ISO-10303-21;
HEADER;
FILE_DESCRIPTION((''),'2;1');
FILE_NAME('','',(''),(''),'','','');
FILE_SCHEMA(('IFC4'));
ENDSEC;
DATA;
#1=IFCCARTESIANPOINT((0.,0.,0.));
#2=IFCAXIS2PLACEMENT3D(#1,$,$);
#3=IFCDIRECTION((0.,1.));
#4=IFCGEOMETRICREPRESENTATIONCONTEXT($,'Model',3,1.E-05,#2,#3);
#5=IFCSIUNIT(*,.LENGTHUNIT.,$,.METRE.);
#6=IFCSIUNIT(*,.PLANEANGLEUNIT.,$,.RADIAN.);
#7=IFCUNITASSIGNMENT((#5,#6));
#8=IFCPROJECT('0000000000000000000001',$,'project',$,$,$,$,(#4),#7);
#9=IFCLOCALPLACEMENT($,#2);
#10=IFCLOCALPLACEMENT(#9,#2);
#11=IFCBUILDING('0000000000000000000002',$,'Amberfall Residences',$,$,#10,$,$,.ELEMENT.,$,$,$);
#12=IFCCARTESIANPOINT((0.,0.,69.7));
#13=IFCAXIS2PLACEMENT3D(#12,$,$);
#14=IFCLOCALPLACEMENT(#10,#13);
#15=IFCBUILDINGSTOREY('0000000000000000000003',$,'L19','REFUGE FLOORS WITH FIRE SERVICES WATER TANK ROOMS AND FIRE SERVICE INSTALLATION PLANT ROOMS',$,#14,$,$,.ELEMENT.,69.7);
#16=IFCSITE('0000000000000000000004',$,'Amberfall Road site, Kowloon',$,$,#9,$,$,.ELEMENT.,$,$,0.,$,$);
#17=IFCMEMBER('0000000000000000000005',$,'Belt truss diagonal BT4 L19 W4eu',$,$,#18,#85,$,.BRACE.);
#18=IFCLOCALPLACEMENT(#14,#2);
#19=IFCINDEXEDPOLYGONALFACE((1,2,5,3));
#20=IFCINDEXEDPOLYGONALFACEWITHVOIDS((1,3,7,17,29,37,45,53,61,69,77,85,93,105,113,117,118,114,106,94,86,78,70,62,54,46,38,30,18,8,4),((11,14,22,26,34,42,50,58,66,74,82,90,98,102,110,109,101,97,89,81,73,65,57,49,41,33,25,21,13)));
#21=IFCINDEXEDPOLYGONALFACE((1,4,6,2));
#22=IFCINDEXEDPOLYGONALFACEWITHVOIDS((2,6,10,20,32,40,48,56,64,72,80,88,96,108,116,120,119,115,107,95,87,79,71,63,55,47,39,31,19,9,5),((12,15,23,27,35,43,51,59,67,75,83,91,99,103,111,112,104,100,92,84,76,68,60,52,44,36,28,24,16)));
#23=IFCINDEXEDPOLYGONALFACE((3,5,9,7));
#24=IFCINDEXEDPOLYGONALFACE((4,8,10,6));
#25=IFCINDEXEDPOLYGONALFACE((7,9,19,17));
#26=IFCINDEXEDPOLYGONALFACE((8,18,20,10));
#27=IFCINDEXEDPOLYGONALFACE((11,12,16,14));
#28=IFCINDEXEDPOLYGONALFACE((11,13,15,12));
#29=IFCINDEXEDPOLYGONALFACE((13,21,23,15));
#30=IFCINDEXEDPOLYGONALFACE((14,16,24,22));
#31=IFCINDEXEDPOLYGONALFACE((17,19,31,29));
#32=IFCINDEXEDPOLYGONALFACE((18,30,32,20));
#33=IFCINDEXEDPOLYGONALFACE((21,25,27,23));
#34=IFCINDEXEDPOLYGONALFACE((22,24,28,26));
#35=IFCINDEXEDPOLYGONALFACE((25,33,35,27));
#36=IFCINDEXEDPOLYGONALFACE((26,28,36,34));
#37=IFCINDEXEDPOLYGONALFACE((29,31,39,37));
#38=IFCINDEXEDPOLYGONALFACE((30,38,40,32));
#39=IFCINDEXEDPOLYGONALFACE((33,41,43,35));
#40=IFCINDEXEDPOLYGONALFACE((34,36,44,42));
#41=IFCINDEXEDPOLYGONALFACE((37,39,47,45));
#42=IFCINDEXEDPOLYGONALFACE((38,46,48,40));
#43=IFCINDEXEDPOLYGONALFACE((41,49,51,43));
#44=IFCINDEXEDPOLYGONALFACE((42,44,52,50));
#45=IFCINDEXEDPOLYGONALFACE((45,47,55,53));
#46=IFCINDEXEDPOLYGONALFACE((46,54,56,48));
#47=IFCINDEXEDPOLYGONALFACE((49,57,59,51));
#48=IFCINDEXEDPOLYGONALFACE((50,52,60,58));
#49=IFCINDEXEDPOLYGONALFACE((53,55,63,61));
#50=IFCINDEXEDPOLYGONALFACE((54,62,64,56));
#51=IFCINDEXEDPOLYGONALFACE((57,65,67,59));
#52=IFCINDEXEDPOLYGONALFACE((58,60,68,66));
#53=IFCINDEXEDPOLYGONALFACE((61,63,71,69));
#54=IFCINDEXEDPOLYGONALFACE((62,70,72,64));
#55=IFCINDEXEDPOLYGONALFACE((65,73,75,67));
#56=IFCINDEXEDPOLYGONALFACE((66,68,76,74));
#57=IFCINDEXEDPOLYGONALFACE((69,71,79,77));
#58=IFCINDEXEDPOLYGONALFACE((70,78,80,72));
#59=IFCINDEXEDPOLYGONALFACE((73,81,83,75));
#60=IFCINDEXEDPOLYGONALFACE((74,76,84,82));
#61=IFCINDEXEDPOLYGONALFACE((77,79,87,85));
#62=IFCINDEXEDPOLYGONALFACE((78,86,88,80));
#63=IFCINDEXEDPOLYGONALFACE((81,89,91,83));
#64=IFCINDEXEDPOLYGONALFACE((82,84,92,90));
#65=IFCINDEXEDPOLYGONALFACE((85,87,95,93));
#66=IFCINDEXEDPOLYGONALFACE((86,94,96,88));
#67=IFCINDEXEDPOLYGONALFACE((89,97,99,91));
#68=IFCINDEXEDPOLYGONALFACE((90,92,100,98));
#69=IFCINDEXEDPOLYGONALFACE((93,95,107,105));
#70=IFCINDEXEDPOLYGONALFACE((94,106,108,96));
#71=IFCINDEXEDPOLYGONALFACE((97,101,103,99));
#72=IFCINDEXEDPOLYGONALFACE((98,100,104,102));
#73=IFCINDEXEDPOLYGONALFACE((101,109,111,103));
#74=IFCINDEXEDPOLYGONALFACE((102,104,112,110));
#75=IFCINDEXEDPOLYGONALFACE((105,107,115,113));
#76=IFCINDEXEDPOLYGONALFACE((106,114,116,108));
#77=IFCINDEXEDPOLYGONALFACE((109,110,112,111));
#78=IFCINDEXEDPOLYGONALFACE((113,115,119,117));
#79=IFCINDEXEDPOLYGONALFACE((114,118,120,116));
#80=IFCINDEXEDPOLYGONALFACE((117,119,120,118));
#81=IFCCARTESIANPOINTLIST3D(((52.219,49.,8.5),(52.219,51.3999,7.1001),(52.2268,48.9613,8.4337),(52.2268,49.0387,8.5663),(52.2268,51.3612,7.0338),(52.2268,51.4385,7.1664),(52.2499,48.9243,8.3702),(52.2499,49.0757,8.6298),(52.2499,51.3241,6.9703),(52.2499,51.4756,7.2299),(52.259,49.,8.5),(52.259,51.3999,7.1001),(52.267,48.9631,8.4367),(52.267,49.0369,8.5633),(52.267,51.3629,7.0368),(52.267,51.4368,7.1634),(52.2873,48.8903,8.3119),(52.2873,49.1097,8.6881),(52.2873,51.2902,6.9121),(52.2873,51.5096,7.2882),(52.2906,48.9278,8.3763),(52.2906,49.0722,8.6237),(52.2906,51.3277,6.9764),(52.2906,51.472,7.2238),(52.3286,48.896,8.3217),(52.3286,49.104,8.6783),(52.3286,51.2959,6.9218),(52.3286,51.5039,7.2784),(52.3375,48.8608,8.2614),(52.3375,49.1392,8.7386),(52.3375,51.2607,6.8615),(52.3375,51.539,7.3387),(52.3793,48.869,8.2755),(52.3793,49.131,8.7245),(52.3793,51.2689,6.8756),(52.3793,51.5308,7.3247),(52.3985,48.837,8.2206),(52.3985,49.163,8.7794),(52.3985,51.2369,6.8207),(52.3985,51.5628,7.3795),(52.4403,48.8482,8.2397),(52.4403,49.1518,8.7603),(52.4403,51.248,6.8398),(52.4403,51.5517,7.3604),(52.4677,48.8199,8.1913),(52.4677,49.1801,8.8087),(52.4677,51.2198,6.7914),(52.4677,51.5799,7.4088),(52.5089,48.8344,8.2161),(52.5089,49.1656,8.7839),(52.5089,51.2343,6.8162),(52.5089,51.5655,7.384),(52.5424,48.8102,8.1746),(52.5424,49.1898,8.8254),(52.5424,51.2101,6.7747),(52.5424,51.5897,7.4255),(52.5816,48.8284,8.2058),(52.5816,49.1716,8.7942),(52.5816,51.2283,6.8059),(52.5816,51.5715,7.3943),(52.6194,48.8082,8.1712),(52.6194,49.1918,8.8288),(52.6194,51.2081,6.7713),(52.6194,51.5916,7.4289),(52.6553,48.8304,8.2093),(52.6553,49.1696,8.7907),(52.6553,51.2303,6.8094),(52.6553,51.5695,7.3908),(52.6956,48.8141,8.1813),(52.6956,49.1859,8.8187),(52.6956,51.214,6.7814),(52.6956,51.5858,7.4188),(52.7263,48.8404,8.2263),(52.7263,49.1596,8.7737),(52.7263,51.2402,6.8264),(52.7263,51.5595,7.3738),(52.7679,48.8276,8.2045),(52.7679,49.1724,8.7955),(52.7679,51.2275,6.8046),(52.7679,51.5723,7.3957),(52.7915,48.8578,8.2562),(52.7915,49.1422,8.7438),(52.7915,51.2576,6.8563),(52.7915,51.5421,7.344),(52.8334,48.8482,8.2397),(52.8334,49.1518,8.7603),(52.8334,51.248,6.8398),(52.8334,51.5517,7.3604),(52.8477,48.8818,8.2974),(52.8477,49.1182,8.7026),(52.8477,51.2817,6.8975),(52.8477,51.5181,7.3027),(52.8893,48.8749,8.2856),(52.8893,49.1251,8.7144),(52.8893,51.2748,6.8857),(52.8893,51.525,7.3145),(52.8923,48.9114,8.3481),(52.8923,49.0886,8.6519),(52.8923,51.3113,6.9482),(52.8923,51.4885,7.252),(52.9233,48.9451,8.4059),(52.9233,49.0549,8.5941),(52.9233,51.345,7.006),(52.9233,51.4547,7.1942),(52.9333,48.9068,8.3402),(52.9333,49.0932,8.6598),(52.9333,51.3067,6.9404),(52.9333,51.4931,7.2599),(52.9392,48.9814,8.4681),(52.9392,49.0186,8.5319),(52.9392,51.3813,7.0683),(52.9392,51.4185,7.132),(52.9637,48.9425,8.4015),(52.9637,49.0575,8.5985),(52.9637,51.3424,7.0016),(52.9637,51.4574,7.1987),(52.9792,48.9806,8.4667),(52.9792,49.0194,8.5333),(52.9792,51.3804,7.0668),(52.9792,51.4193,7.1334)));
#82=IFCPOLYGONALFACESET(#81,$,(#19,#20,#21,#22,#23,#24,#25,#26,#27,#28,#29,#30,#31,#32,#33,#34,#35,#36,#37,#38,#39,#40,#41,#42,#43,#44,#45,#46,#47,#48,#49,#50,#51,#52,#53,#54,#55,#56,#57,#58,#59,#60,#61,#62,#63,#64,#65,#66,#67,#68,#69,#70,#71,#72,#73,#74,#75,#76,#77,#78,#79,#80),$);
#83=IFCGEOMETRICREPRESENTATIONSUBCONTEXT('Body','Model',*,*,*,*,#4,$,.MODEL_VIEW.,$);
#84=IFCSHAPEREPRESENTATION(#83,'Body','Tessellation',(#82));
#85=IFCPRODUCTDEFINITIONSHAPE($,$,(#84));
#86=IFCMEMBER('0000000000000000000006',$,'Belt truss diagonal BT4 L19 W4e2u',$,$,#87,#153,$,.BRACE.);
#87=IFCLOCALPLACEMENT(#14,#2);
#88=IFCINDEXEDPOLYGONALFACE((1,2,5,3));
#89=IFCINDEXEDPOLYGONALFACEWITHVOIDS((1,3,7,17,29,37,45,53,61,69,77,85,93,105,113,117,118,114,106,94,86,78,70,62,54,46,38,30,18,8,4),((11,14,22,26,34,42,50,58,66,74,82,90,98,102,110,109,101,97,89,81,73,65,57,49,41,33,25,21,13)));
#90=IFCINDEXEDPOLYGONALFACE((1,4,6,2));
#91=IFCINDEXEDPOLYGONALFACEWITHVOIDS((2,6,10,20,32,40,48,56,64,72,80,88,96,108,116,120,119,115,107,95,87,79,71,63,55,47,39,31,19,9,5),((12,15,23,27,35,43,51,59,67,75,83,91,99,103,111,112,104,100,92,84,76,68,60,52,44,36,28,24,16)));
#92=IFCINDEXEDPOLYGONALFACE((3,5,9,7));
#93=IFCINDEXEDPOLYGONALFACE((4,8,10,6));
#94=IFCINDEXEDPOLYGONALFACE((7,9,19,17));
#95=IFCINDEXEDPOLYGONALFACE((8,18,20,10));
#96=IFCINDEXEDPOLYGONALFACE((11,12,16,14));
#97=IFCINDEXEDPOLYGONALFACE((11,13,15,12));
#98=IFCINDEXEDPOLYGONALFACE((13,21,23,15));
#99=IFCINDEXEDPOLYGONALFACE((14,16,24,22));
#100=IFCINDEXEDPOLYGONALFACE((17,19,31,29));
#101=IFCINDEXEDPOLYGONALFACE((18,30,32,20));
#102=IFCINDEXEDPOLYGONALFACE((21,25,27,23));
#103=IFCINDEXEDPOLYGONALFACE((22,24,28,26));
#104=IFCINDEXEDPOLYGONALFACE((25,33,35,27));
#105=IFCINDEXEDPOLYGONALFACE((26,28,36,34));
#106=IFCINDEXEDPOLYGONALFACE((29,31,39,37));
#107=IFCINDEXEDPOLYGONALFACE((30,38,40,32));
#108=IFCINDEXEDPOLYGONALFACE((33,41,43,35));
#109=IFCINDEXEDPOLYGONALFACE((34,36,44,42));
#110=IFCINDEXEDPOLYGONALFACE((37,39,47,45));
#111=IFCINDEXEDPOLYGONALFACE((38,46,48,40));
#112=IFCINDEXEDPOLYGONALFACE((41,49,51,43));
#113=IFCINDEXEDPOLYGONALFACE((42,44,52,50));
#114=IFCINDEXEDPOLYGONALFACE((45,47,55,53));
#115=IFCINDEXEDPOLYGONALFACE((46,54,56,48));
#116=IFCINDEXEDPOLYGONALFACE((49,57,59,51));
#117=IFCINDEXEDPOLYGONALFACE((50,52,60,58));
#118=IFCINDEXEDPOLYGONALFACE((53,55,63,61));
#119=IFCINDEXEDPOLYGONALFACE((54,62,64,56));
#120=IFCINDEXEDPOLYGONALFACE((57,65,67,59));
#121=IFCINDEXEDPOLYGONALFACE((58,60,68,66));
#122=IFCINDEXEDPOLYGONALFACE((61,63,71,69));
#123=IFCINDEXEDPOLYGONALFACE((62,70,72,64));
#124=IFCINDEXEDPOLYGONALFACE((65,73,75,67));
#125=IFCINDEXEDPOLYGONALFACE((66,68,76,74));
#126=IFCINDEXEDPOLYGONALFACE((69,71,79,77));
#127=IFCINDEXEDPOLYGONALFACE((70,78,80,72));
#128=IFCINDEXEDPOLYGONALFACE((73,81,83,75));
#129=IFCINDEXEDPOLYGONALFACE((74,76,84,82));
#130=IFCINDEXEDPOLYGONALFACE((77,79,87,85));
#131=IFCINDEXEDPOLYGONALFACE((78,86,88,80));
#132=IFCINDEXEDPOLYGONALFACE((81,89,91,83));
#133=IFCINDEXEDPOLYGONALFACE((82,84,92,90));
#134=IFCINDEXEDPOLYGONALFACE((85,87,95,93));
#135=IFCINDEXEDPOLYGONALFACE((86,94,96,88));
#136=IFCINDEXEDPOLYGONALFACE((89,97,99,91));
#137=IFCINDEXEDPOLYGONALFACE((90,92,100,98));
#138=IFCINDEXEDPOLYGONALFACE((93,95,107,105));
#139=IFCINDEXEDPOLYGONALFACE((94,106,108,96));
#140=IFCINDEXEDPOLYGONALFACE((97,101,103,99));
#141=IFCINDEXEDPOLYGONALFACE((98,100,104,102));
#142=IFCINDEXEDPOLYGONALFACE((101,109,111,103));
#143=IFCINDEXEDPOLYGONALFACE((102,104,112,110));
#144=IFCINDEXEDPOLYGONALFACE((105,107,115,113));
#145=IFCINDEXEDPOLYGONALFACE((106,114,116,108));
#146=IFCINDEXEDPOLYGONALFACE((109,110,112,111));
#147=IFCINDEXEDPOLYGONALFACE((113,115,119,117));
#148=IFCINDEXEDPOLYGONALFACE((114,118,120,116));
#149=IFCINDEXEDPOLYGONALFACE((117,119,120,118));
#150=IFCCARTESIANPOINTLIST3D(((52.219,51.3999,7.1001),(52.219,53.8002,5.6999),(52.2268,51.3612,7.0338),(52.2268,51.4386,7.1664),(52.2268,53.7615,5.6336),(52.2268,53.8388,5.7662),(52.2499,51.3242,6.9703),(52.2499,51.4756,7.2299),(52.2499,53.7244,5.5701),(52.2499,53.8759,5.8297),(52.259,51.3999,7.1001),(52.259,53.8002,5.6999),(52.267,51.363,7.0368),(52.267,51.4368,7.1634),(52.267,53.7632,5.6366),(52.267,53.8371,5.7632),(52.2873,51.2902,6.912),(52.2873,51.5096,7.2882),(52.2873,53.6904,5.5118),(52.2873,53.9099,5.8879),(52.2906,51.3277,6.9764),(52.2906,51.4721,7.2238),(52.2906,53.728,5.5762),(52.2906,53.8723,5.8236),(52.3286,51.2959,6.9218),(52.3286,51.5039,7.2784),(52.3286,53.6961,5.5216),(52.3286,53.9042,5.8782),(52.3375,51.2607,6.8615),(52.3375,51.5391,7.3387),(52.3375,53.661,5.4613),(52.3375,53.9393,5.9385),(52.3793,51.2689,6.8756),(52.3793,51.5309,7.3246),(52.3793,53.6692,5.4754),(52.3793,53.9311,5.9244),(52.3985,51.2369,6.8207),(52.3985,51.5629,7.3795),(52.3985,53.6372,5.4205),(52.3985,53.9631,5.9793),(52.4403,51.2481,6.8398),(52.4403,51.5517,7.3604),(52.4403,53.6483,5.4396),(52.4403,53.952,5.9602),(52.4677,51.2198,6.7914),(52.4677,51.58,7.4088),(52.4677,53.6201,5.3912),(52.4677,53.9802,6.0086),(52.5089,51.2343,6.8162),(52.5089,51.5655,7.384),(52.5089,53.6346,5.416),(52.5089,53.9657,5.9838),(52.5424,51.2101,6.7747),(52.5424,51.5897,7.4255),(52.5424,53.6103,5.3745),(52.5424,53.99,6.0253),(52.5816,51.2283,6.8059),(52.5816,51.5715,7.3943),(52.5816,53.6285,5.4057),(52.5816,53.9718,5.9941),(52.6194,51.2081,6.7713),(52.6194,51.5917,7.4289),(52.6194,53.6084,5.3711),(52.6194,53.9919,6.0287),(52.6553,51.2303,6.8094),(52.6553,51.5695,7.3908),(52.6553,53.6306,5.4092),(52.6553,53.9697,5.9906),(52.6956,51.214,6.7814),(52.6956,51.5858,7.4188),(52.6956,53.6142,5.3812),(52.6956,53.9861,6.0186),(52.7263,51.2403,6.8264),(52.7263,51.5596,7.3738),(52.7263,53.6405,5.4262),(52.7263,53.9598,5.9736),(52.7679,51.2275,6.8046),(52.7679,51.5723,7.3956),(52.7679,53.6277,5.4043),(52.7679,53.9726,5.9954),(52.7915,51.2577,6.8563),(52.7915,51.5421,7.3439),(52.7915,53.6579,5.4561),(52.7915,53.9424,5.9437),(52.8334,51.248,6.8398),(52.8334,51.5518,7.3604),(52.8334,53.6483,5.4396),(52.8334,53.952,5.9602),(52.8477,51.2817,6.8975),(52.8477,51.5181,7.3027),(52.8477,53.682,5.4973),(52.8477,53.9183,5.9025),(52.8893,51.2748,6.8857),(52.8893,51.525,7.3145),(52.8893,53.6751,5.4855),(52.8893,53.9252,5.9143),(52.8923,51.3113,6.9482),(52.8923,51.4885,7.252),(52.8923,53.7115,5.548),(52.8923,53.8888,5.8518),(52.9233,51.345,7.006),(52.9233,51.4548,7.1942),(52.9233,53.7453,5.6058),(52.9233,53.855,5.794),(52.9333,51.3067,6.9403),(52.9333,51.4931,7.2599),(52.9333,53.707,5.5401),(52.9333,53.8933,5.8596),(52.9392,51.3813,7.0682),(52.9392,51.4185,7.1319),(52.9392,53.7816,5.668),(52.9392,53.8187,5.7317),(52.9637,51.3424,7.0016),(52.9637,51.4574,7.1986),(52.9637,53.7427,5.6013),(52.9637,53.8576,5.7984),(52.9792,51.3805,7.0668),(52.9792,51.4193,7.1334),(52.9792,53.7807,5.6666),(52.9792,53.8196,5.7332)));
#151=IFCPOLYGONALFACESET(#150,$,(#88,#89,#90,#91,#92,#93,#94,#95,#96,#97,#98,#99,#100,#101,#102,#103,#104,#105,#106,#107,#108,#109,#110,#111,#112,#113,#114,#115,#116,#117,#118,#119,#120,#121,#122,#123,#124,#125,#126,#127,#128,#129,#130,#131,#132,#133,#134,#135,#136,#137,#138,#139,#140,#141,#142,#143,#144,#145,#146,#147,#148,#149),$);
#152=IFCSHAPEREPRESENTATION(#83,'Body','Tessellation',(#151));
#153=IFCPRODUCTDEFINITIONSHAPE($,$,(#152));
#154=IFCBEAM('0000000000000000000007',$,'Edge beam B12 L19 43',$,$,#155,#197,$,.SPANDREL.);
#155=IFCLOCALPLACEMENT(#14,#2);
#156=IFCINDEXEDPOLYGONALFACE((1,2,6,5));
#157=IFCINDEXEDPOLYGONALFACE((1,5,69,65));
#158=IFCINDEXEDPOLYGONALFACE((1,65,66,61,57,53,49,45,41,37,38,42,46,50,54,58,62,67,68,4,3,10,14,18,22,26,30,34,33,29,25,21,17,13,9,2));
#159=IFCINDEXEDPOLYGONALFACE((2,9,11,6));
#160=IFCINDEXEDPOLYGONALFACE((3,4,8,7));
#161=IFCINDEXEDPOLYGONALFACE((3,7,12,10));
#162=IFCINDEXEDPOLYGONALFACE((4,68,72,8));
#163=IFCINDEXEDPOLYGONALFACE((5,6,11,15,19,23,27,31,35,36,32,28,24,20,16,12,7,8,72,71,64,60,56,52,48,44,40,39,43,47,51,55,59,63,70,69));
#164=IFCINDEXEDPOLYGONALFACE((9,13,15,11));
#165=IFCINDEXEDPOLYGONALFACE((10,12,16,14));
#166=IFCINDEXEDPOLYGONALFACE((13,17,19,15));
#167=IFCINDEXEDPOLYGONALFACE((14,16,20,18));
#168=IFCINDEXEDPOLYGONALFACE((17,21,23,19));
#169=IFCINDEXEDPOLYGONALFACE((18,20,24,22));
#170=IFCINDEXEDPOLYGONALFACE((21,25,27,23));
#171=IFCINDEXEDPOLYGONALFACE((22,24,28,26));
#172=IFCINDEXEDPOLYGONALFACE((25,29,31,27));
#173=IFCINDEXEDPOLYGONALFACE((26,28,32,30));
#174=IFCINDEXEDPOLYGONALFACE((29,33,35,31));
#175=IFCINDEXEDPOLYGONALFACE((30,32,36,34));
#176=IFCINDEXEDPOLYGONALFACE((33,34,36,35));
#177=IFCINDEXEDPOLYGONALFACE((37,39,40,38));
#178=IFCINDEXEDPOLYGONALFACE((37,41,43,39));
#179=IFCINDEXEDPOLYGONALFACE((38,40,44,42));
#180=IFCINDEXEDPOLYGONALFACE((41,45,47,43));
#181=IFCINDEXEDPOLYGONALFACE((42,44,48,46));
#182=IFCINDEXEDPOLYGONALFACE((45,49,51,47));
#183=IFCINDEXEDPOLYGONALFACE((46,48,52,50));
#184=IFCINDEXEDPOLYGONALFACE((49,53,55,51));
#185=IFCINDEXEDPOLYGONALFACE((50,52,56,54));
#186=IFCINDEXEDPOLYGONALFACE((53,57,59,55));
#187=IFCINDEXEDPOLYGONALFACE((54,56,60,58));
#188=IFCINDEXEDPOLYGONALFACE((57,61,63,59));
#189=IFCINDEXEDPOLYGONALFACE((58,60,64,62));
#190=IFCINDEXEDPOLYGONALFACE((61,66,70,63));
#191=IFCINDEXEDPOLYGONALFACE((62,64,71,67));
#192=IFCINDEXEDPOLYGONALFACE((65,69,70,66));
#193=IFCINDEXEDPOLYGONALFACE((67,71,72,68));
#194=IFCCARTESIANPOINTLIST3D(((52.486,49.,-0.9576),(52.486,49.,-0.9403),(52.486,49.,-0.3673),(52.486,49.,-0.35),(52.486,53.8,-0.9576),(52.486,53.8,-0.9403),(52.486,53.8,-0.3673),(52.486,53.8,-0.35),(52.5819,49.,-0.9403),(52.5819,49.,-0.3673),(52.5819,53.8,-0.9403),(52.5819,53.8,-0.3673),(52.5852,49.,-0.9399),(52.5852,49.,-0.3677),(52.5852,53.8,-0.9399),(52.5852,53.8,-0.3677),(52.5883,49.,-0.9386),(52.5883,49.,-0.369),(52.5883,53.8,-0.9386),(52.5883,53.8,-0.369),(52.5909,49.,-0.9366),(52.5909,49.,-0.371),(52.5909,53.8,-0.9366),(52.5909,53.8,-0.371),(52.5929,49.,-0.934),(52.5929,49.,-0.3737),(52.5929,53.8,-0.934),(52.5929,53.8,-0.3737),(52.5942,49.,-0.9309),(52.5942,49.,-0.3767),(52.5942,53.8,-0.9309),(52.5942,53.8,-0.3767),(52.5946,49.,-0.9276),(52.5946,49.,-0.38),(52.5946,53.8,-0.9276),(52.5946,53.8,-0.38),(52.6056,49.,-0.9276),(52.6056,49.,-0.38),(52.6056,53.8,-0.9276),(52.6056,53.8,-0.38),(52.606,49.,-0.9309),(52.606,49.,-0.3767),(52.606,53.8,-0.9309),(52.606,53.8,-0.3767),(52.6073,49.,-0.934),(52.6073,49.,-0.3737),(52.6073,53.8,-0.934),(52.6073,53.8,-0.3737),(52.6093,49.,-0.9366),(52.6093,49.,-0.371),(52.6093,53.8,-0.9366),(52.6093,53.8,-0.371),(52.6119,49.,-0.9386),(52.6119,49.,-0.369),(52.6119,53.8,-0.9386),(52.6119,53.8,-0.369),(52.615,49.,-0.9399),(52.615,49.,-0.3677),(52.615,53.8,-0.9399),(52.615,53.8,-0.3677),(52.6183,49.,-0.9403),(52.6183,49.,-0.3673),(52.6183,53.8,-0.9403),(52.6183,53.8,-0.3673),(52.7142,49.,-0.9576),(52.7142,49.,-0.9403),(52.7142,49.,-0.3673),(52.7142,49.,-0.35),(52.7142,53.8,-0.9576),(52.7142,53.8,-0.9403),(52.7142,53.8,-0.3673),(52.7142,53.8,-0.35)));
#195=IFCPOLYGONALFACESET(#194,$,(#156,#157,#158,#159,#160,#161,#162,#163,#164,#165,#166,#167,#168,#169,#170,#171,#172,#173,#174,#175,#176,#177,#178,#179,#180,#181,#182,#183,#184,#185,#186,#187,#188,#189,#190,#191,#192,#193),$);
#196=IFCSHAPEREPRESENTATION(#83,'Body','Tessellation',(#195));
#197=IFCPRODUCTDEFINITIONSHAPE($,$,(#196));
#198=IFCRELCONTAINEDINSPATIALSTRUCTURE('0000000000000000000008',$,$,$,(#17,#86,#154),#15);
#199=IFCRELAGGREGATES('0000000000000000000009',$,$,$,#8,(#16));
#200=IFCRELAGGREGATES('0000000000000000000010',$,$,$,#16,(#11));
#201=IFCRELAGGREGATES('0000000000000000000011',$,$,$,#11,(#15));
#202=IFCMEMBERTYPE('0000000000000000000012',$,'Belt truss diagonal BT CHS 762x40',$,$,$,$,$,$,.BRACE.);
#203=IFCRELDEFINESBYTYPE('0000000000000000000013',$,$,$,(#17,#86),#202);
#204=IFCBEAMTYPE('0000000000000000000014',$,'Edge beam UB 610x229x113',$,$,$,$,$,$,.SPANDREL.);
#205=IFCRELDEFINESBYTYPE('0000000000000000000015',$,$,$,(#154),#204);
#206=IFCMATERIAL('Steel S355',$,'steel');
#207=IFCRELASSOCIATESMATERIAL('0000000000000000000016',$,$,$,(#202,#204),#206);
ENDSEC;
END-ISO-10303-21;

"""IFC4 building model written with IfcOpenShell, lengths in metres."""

from ifc_helpers import new_model, si_unit, direction, frame, origin, origin_2d, place, context, subcontext, project, spatial, hollow_circle, i_section, extrude, material, material_profile, profile_set, type_object, element, save


model = new_model("IFC4")

# Units and contexts
model_context = context("Model", 3, precision=1e-05, world=origin(), true_north=direction((0.0, 1.0)))
body_context = subcontext(model_context, "Body", "Model", "MODEL_VIEW")
ifc_project = project(units=[si_unit("LENGTHUNIT", "METRE"), si_unit("PLANEANGLEUNIT", "RADIAN")], contexts=[model_context])

# Site, building, storey
site_placement = place(None, origin())
site = spatial("IfcSite", under=ifc_project, at=site_placement, Name="Amberfall Road site, Kowloon", CompositionType="ELEMENT", RefElevation=0.0)
building_placement = place(site_placement, origin())
building = spatial("IfcBuilding", under=site, at=building_placement, Name="Amberfall Residences", CompositionType="ELEMENT")
storey_placement = place(building_placement, frame((0.0, 0.0, 69.7)))
storey = spatial("IfcBuildingStorey", under=building, at=storey_placement, Name="L19", Description="REFUGE FLOORS WITH FIRE SERVICES WATER TANK ROOMS AND FIRE SERVICE INSTALLATION PLANT ROOMS", CompositionType="ELEMENT", Elevation=69.7)

# Shared definitions
ifc_material_1 = material(Name="Steel S355", Category="steel")

# Members
ifc_material_profile_1 = material_profile(ifc_material_1, hollow_circle(Radius=0.3811, WallThickness=0.04, at=origin_2d()), Name="CHS 762x40")
ifc_profile_set_1 = profile_set([ifc_material_profile_1], Name="Steel S355")
member_type_1 = type_object("IfcMemberType", Name="Belt truss diagonal BT CHS 762x40", PredefinedType="BRACE", material=ifc_profile_set_1)
member_1_placement = place(storey_placement, frame((52.6001, 49.0, 8.5), z_axis=(0.0, 0.863785, -0.50386), x_axis=(-1.0, 0.0, 0.0)))
element("IfcMember", 1, at=member_1_placement, inside=storey, type_object=member_type_1, Name="Belt truss diagonal BT4 L19 W4eu", PredefinedType="BRACE", context=body_context, shape_type="SweptSolid", body=[
    extrude(hollow_circle(Radius=0.3811, WallThickness=0.04, at=origin_2d()), origin(), (0.0, 0.0, 1.0), 2.7783),
])
member_2_placement = place(storey_placement, frame((52.6001, 51.3999, 7.1001), z_axis=(0.0, 0.863769, -0.503887), x_axis=(-1.0, 0.0, 0.0)))
element("IfcMember", 2, at=member_2_placement, inside=storey, type_object=member_type_1, Name="Belt truss diagonal BT4 L19 W4e2u", PredefinedType="BRACE", context=body_context, shape_type="SweptSolid", body=[
    extrude(hollow_circle(Radius=0.3811, WallThickness=0.04, at=origin_2d()), origin(), (0.0, 0.0, 1.0), 2.7788),
])

# Beam
ifc_material_profile_2 = material_profile(ifc_material_1, i_section(OverallWidth=0.2283, OverallDepth=0.6077, WebThickness=0.011, FlangeThickness=0.0173, FilletRadius=0.0127, at=origin_2d()), Name="UB 610x229x113")
ifc_profile_set_2 = profile_set([ifc_material_profile_2], Name="Steel S355")
beam_type_1 = type_object("IfcBeamType", Name="Edge beam UB 610x229x113", PredefinedType="SPANDREL", material=ifc_profile_set_2)
for number, where, z_axis, x_axis, name in (
    (3, (52.6001, 49.0, -0.6538), (0.0, 1.0, 0.0), (-1.0, 0.0, 0.0), "Edge beam B12 L19 43"),
):
    element("IfcBeam", number, at=place(storey_placement, frame(where, z_axis=z_axis, x_axis=x_axis)), inside=storey, type_object=beam_type_1, Name=name, PredefinedType="SPANDREL", context=body_context, shape_type="SweptSolid", body=[
        extrude(i_section(OverallWidth=0.2283, OverallDepth=0.6077, WebThickness=0.011, FlangeThickness=0.0173, FilletRadius=0.0127, at=origin_2d()), origin(), (0.0, 0.0, 1.0), 4.8),
    ])

save(model, "model.ifc")
